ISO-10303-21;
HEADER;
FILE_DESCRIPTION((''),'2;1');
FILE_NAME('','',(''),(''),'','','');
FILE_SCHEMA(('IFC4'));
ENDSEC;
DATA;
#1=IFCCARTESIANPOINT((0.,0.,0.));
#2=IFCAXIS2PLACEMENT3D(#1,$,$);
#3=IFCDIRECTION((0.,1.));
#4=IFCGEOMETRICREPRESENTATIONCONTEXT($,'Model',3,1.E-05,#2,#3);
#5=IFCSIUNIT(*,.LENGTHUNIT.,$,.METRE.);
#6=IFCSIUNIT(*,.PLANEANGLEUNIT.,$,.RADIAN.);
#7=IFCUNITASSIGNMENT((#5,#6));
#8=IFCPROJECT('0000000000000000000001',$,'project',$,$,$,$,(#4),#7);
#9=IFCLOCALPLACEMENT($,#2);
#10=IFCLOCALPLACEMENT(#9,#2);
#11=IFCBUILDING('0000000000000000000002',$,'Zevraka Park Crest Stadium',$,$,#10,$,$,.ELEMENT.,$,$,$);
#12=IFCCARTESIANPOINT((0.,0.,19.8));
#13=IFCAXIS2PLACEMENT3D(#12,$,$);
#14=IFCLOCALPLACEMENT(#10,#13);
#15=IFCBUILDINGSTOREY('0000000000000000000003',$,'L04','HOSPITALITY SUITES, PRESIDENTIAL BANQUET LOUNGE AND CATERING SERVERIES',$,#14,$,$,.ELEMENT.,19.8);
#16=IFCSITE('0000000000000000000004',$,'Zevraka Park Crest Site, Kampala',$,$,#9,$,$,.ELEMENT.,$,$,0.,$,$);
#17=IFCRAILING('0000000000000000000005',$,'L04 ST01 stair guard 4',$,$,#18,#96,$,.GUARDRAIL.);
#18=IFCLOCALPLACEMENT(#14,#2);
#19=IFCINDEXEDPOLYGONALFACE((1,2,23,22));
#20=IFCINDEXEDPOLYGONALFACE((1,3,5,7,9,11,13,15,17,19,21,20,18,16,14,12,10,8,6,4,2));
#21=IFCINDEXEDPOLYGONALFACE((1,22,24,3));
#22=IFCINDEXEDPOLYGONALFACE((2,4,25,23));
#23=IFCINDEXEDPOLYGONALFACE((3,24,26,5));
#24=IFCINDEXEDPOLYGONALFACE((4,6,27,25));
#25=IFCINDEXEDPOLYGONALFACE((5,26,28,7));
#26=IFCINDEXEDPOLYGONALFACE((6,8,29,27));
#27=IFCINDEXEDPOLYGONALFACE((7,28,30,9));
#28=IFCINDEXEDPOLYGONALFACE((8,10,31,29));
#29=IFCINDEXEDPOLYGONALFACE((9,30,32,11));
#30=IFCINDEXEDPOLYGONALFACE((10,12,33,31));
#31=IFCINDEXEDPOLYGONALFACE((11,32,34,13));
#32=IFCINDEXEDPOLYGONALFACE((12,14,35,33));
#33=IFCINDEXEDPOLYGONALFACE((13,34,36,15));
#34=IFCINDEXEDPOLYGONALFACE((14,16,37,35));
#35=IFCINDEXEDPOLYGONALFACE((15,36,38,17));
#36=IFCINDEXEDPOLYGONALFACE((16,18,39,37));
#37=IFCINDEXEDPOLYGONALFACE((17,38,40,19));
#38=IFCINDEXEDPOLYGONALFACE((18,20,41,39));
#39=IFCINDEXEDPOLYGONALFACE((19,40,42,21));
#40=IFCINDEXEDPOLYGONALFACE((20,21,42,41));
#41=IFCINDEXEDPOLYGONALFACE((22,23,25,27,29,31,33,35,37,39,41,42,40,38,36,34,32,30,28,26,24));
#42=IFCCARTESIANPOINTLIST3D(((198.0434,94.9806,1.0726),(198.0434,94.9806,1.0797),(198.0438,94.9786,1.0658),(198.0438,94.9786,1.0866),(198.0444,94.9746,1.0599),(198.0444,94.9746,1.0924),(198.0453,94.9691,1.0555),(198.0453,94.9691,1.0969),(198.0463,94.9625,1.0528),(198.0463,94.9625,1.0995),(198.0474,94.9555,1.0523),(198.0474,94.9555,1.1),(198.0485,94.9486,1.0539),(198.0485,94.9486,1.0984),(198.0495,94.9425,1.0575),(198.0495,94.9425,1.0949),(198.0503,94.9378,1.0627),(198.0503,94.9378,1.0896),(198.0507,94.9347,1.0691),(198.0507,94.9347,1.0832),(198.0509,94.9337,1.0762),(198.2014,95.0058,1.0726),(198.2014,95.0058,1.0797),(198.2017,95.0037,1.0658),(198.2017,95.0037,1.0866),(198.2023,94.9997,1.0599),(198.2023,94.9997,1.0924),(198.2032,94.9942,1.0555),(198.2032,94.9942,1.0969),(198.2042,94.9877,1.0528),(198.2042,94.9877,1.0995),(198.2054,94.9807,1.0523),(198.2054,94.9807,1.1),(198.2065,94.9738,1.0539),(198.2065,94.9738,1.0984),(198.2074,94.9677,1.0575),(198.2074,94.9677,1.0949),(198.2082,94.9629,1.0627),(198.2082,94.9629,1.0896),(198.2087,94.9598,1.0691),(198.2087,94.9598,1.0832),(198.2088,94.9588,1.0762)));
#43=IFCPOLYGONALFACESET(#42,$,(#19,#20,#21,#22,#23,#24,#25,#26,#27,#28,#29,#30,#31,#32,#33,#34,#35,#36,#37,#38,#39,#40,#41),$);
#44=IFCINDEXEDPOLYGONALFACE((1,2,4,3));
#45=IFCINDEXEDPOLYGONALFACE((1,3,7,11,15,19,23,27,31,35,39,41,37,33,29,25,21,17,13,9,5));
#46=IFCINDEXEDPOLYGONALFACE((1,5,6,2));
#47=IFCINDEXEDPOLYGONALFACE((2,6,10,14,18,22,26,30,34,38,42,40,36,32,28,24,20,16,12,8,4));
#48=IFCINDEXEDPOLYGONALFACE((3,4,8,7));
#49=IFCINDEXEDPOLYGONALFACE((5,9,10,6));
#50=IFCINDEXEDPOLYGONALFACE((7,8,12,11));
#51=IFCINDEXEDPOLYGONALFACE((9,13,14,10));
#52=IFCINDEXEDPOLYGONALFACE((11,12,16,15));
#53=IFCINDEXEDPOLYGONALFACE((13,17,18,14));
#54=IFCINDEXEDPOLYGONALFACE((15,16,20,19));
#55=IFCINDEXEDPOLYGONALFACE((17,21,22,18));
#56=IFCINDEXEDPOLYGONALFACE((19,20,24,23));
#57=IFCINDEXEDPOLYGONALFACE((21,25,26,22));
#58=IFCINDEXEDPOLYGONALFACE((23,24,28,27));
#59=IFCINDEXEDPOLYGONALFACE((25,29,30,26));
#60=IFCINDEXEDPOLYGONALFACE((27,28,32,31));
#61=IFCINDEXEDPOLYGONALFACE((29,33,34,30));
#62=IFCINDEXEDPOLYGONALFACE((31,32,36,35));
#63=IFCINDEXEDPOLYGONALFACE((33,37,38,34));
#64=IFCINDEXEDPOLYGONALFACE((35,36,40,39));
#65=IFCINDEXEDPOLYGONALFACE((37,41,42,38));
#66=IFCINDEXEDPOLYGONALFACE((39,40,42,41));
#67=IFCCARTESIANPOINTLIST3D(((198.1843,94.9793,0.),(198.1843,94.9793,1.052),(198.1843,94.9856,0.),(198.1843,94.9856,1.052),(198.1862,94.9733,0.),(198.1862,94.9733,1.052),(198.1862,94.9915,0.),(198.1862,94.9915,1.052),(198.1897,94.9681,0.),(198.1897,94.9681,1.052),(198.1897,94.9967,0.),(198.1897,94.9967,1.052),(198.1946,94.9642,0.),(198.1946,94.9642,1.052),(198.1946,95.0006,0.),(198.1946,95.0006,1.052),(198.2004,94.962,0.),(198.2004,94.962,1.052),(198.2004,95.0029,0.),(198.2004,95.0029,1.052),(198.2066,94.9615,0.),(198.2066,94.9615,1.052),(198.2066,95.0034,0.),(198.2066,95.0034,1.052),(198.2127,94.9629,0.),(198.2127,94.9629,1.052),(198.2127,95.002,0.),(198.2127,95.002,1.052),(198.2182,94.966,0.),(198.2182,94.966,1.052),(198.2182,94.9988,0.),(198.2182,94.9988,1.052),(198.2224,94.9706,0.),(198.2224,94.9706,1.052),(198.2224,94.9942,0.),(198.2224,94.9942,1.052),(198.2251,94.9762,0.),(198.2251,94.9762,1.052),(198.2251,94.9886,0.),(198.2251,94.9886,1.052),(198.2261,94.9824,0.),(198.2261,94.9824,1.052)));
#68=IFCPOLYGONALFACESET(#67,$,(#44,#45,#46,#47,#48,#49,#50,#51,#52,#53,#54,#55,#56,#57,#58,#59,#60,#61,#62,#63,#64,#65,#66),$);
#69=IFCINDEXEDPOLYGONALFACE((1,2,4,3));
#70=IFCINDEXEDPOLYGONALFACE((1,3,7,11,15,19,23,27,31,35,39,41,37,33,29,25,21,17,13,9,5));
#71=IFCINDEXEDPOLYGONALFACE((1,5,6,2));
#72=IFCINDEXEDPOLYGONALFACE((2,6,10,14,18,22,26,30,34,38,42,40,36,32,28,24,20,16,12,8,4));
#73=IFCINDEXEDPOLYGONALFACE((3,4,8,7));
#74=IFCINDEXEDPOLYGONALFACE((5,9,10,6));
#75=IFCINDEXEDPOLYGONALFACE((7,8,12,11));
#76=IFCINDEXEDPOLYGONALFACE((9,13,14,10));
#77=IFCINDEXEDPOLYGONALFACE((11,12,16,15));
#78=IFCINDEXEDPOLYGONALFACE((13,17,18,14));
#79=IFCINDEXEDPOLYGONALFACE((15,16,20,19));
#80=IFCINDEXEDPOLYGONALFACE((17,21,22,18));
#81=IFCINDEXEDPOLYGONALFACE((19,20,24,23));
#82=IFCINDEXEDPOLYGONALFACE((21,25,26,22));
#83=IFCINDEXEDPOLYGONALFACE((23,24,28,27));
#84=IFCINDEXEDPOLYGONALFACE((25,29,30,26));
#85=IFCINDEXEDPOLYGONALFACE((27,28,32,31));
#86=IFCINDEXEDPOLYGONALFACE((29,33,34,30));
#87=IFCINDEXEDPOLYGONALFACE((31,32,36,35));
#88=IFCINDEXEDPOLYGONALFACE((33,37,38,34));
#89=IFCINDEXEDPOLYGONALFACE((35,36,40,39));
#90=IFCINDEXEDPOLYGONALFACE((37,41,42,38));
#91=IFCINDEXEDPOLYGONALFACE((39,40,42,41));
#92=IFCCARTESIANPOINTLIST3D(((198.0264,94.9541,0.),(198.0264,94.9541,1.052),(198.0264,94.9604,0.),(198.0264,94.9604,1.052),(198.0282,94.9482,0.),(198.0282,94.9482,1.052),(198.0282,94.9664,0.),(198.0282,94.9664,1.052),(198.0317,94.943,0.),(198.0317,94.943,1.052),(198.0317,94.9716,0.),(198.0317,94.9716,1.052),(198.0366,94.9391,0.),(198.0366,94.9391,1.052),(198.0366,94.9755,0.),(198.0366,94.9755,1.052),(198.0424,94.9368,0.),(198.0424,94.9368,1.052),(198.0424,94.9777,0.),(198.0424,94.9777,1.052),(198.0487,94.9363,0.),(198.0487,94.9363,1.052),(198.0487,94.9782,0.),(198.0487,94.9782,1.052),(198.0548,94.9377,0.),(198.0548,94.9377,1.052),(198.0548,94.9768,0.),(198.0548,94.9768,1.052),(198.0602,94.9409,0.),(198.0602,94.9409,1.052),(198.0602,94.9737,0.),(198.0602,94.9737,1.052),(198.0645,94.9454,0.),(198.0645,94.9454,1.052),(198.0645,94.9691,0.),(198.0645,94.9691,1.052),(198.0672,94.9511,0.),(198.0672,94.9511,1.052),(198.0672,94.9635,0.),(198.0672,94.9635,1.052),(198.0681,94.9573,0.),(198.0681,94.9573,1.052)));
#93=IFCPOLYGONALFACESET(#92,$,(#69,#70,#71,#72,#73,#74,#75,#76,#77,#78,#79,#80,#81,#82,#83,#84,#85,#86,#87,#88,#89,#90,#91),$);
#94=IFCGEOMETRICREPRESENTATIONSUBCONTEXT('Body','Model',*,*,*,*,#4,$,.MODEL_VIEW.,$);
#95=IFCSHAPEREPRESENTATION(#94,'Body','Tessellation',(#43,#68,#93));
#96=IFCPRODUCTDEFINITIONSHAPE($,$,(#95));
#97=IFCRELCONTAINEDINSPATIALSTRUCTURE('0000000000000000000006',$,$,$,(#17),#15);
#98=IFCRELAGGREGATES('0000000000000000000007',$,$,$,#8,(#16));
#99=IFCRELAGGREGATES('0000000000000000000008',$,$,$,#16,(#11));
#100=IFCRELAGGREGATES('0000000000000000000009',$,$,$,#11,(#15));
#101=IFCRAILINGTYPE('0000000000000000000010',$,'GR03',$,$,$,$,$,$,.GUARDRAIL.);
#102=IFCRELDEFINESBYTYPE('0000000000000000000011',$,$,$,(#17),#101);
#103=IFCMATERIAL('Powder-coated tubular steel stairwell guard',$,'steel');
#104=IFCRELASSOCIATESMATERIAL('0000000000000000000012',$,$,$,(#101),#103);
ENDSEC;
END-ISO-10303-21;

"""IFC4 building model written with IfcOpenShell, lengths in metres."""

from ifc_helpers import new_model, si_unit, direction, frame, origin, origin_2d, place, context, subcontext, project, spatial, circle, extrude, material, type_object, element, save


model = new_model("IFC4")

# Units and contexts
model_context = context("Model", 3, precision=1e-05, world=origin(), true_north=direction((0.0, 1.0)))
body_context = subcontext(model_context, "Body", "Model", "MODEL_VIEW")
ifc_project = project(units=[si_unit("LENGTHUNIT", "METRE"), si_unit("PLANEANGLEUNIT", "RADIAN")], contexts=[model_context])

# Site, building, storey
site_placement = place(None, origin())
site = spatial("IfcSite", under=ifc_project, at=site_placement, Name="Zevraka Park Crest Site, Kampala", CompositionType="ELEMENT", RefElevation=0.0)
building_placement = place(site_placement, origin())
building = spatial("IfcBuilding", under=site, at=building_placement, Name="Zevraka Park Crest Stadium", CompositionType="ELEMENT")
storey_placement = place(building_placement, frame((0.0, 0.0, 19.8)))
storey = spatial("IfcBuildingStorey", under=building, at=storey_placement, Name="L04", Description="HOSPITALITY SUITES, PRESIDENTIAL BANQUET LOUNGE AND CATERING SERVERIES", CompositionType="ELEMENT", Elevation=19.8)

# Railing
ifc_material_1 = material(Name="Powder-coated tubular steel stairwell guard", Category="steel")
railing_type_1 = type_object("IfcRailingType", Name="GR03", PredefinedType="GUARDRAIL", material=ifc_material_1)
railing_1_placement = place(storey_placement, frame((198.2051, 94.9824, 0.0)))
element("IfcRailing", 1, at=railing_1_placement, inside=storey, type_object=railing_type_1, Name="L04 ST01 stair guard 4", PredefinedType="GUARDRAIL", context=body_context, shape_type="SweptSolid", body=[
    extrude(circle(Radius=0.0239, at=origin_2d()), frame((0.0, 0.0, 1.0762), z_axis=(-0.987564, -0.157217, 0.0), x_axis=(0.157217, -0.987564, 0.0)), (0.0, 0.0, 1.0), 0.1599),
    extrude(circle(Radius=0.021, at=origin_2d()), origin(), (0.0, 0.0, 1.0), 1.052),
    extrude(circle(Radius=0.021, at=origin_2d()), frame((-0.158, -0.0251, 0.0)), (0.0, 0.0, 1.0), 1.052),
])

save(model, "model.ifc")
